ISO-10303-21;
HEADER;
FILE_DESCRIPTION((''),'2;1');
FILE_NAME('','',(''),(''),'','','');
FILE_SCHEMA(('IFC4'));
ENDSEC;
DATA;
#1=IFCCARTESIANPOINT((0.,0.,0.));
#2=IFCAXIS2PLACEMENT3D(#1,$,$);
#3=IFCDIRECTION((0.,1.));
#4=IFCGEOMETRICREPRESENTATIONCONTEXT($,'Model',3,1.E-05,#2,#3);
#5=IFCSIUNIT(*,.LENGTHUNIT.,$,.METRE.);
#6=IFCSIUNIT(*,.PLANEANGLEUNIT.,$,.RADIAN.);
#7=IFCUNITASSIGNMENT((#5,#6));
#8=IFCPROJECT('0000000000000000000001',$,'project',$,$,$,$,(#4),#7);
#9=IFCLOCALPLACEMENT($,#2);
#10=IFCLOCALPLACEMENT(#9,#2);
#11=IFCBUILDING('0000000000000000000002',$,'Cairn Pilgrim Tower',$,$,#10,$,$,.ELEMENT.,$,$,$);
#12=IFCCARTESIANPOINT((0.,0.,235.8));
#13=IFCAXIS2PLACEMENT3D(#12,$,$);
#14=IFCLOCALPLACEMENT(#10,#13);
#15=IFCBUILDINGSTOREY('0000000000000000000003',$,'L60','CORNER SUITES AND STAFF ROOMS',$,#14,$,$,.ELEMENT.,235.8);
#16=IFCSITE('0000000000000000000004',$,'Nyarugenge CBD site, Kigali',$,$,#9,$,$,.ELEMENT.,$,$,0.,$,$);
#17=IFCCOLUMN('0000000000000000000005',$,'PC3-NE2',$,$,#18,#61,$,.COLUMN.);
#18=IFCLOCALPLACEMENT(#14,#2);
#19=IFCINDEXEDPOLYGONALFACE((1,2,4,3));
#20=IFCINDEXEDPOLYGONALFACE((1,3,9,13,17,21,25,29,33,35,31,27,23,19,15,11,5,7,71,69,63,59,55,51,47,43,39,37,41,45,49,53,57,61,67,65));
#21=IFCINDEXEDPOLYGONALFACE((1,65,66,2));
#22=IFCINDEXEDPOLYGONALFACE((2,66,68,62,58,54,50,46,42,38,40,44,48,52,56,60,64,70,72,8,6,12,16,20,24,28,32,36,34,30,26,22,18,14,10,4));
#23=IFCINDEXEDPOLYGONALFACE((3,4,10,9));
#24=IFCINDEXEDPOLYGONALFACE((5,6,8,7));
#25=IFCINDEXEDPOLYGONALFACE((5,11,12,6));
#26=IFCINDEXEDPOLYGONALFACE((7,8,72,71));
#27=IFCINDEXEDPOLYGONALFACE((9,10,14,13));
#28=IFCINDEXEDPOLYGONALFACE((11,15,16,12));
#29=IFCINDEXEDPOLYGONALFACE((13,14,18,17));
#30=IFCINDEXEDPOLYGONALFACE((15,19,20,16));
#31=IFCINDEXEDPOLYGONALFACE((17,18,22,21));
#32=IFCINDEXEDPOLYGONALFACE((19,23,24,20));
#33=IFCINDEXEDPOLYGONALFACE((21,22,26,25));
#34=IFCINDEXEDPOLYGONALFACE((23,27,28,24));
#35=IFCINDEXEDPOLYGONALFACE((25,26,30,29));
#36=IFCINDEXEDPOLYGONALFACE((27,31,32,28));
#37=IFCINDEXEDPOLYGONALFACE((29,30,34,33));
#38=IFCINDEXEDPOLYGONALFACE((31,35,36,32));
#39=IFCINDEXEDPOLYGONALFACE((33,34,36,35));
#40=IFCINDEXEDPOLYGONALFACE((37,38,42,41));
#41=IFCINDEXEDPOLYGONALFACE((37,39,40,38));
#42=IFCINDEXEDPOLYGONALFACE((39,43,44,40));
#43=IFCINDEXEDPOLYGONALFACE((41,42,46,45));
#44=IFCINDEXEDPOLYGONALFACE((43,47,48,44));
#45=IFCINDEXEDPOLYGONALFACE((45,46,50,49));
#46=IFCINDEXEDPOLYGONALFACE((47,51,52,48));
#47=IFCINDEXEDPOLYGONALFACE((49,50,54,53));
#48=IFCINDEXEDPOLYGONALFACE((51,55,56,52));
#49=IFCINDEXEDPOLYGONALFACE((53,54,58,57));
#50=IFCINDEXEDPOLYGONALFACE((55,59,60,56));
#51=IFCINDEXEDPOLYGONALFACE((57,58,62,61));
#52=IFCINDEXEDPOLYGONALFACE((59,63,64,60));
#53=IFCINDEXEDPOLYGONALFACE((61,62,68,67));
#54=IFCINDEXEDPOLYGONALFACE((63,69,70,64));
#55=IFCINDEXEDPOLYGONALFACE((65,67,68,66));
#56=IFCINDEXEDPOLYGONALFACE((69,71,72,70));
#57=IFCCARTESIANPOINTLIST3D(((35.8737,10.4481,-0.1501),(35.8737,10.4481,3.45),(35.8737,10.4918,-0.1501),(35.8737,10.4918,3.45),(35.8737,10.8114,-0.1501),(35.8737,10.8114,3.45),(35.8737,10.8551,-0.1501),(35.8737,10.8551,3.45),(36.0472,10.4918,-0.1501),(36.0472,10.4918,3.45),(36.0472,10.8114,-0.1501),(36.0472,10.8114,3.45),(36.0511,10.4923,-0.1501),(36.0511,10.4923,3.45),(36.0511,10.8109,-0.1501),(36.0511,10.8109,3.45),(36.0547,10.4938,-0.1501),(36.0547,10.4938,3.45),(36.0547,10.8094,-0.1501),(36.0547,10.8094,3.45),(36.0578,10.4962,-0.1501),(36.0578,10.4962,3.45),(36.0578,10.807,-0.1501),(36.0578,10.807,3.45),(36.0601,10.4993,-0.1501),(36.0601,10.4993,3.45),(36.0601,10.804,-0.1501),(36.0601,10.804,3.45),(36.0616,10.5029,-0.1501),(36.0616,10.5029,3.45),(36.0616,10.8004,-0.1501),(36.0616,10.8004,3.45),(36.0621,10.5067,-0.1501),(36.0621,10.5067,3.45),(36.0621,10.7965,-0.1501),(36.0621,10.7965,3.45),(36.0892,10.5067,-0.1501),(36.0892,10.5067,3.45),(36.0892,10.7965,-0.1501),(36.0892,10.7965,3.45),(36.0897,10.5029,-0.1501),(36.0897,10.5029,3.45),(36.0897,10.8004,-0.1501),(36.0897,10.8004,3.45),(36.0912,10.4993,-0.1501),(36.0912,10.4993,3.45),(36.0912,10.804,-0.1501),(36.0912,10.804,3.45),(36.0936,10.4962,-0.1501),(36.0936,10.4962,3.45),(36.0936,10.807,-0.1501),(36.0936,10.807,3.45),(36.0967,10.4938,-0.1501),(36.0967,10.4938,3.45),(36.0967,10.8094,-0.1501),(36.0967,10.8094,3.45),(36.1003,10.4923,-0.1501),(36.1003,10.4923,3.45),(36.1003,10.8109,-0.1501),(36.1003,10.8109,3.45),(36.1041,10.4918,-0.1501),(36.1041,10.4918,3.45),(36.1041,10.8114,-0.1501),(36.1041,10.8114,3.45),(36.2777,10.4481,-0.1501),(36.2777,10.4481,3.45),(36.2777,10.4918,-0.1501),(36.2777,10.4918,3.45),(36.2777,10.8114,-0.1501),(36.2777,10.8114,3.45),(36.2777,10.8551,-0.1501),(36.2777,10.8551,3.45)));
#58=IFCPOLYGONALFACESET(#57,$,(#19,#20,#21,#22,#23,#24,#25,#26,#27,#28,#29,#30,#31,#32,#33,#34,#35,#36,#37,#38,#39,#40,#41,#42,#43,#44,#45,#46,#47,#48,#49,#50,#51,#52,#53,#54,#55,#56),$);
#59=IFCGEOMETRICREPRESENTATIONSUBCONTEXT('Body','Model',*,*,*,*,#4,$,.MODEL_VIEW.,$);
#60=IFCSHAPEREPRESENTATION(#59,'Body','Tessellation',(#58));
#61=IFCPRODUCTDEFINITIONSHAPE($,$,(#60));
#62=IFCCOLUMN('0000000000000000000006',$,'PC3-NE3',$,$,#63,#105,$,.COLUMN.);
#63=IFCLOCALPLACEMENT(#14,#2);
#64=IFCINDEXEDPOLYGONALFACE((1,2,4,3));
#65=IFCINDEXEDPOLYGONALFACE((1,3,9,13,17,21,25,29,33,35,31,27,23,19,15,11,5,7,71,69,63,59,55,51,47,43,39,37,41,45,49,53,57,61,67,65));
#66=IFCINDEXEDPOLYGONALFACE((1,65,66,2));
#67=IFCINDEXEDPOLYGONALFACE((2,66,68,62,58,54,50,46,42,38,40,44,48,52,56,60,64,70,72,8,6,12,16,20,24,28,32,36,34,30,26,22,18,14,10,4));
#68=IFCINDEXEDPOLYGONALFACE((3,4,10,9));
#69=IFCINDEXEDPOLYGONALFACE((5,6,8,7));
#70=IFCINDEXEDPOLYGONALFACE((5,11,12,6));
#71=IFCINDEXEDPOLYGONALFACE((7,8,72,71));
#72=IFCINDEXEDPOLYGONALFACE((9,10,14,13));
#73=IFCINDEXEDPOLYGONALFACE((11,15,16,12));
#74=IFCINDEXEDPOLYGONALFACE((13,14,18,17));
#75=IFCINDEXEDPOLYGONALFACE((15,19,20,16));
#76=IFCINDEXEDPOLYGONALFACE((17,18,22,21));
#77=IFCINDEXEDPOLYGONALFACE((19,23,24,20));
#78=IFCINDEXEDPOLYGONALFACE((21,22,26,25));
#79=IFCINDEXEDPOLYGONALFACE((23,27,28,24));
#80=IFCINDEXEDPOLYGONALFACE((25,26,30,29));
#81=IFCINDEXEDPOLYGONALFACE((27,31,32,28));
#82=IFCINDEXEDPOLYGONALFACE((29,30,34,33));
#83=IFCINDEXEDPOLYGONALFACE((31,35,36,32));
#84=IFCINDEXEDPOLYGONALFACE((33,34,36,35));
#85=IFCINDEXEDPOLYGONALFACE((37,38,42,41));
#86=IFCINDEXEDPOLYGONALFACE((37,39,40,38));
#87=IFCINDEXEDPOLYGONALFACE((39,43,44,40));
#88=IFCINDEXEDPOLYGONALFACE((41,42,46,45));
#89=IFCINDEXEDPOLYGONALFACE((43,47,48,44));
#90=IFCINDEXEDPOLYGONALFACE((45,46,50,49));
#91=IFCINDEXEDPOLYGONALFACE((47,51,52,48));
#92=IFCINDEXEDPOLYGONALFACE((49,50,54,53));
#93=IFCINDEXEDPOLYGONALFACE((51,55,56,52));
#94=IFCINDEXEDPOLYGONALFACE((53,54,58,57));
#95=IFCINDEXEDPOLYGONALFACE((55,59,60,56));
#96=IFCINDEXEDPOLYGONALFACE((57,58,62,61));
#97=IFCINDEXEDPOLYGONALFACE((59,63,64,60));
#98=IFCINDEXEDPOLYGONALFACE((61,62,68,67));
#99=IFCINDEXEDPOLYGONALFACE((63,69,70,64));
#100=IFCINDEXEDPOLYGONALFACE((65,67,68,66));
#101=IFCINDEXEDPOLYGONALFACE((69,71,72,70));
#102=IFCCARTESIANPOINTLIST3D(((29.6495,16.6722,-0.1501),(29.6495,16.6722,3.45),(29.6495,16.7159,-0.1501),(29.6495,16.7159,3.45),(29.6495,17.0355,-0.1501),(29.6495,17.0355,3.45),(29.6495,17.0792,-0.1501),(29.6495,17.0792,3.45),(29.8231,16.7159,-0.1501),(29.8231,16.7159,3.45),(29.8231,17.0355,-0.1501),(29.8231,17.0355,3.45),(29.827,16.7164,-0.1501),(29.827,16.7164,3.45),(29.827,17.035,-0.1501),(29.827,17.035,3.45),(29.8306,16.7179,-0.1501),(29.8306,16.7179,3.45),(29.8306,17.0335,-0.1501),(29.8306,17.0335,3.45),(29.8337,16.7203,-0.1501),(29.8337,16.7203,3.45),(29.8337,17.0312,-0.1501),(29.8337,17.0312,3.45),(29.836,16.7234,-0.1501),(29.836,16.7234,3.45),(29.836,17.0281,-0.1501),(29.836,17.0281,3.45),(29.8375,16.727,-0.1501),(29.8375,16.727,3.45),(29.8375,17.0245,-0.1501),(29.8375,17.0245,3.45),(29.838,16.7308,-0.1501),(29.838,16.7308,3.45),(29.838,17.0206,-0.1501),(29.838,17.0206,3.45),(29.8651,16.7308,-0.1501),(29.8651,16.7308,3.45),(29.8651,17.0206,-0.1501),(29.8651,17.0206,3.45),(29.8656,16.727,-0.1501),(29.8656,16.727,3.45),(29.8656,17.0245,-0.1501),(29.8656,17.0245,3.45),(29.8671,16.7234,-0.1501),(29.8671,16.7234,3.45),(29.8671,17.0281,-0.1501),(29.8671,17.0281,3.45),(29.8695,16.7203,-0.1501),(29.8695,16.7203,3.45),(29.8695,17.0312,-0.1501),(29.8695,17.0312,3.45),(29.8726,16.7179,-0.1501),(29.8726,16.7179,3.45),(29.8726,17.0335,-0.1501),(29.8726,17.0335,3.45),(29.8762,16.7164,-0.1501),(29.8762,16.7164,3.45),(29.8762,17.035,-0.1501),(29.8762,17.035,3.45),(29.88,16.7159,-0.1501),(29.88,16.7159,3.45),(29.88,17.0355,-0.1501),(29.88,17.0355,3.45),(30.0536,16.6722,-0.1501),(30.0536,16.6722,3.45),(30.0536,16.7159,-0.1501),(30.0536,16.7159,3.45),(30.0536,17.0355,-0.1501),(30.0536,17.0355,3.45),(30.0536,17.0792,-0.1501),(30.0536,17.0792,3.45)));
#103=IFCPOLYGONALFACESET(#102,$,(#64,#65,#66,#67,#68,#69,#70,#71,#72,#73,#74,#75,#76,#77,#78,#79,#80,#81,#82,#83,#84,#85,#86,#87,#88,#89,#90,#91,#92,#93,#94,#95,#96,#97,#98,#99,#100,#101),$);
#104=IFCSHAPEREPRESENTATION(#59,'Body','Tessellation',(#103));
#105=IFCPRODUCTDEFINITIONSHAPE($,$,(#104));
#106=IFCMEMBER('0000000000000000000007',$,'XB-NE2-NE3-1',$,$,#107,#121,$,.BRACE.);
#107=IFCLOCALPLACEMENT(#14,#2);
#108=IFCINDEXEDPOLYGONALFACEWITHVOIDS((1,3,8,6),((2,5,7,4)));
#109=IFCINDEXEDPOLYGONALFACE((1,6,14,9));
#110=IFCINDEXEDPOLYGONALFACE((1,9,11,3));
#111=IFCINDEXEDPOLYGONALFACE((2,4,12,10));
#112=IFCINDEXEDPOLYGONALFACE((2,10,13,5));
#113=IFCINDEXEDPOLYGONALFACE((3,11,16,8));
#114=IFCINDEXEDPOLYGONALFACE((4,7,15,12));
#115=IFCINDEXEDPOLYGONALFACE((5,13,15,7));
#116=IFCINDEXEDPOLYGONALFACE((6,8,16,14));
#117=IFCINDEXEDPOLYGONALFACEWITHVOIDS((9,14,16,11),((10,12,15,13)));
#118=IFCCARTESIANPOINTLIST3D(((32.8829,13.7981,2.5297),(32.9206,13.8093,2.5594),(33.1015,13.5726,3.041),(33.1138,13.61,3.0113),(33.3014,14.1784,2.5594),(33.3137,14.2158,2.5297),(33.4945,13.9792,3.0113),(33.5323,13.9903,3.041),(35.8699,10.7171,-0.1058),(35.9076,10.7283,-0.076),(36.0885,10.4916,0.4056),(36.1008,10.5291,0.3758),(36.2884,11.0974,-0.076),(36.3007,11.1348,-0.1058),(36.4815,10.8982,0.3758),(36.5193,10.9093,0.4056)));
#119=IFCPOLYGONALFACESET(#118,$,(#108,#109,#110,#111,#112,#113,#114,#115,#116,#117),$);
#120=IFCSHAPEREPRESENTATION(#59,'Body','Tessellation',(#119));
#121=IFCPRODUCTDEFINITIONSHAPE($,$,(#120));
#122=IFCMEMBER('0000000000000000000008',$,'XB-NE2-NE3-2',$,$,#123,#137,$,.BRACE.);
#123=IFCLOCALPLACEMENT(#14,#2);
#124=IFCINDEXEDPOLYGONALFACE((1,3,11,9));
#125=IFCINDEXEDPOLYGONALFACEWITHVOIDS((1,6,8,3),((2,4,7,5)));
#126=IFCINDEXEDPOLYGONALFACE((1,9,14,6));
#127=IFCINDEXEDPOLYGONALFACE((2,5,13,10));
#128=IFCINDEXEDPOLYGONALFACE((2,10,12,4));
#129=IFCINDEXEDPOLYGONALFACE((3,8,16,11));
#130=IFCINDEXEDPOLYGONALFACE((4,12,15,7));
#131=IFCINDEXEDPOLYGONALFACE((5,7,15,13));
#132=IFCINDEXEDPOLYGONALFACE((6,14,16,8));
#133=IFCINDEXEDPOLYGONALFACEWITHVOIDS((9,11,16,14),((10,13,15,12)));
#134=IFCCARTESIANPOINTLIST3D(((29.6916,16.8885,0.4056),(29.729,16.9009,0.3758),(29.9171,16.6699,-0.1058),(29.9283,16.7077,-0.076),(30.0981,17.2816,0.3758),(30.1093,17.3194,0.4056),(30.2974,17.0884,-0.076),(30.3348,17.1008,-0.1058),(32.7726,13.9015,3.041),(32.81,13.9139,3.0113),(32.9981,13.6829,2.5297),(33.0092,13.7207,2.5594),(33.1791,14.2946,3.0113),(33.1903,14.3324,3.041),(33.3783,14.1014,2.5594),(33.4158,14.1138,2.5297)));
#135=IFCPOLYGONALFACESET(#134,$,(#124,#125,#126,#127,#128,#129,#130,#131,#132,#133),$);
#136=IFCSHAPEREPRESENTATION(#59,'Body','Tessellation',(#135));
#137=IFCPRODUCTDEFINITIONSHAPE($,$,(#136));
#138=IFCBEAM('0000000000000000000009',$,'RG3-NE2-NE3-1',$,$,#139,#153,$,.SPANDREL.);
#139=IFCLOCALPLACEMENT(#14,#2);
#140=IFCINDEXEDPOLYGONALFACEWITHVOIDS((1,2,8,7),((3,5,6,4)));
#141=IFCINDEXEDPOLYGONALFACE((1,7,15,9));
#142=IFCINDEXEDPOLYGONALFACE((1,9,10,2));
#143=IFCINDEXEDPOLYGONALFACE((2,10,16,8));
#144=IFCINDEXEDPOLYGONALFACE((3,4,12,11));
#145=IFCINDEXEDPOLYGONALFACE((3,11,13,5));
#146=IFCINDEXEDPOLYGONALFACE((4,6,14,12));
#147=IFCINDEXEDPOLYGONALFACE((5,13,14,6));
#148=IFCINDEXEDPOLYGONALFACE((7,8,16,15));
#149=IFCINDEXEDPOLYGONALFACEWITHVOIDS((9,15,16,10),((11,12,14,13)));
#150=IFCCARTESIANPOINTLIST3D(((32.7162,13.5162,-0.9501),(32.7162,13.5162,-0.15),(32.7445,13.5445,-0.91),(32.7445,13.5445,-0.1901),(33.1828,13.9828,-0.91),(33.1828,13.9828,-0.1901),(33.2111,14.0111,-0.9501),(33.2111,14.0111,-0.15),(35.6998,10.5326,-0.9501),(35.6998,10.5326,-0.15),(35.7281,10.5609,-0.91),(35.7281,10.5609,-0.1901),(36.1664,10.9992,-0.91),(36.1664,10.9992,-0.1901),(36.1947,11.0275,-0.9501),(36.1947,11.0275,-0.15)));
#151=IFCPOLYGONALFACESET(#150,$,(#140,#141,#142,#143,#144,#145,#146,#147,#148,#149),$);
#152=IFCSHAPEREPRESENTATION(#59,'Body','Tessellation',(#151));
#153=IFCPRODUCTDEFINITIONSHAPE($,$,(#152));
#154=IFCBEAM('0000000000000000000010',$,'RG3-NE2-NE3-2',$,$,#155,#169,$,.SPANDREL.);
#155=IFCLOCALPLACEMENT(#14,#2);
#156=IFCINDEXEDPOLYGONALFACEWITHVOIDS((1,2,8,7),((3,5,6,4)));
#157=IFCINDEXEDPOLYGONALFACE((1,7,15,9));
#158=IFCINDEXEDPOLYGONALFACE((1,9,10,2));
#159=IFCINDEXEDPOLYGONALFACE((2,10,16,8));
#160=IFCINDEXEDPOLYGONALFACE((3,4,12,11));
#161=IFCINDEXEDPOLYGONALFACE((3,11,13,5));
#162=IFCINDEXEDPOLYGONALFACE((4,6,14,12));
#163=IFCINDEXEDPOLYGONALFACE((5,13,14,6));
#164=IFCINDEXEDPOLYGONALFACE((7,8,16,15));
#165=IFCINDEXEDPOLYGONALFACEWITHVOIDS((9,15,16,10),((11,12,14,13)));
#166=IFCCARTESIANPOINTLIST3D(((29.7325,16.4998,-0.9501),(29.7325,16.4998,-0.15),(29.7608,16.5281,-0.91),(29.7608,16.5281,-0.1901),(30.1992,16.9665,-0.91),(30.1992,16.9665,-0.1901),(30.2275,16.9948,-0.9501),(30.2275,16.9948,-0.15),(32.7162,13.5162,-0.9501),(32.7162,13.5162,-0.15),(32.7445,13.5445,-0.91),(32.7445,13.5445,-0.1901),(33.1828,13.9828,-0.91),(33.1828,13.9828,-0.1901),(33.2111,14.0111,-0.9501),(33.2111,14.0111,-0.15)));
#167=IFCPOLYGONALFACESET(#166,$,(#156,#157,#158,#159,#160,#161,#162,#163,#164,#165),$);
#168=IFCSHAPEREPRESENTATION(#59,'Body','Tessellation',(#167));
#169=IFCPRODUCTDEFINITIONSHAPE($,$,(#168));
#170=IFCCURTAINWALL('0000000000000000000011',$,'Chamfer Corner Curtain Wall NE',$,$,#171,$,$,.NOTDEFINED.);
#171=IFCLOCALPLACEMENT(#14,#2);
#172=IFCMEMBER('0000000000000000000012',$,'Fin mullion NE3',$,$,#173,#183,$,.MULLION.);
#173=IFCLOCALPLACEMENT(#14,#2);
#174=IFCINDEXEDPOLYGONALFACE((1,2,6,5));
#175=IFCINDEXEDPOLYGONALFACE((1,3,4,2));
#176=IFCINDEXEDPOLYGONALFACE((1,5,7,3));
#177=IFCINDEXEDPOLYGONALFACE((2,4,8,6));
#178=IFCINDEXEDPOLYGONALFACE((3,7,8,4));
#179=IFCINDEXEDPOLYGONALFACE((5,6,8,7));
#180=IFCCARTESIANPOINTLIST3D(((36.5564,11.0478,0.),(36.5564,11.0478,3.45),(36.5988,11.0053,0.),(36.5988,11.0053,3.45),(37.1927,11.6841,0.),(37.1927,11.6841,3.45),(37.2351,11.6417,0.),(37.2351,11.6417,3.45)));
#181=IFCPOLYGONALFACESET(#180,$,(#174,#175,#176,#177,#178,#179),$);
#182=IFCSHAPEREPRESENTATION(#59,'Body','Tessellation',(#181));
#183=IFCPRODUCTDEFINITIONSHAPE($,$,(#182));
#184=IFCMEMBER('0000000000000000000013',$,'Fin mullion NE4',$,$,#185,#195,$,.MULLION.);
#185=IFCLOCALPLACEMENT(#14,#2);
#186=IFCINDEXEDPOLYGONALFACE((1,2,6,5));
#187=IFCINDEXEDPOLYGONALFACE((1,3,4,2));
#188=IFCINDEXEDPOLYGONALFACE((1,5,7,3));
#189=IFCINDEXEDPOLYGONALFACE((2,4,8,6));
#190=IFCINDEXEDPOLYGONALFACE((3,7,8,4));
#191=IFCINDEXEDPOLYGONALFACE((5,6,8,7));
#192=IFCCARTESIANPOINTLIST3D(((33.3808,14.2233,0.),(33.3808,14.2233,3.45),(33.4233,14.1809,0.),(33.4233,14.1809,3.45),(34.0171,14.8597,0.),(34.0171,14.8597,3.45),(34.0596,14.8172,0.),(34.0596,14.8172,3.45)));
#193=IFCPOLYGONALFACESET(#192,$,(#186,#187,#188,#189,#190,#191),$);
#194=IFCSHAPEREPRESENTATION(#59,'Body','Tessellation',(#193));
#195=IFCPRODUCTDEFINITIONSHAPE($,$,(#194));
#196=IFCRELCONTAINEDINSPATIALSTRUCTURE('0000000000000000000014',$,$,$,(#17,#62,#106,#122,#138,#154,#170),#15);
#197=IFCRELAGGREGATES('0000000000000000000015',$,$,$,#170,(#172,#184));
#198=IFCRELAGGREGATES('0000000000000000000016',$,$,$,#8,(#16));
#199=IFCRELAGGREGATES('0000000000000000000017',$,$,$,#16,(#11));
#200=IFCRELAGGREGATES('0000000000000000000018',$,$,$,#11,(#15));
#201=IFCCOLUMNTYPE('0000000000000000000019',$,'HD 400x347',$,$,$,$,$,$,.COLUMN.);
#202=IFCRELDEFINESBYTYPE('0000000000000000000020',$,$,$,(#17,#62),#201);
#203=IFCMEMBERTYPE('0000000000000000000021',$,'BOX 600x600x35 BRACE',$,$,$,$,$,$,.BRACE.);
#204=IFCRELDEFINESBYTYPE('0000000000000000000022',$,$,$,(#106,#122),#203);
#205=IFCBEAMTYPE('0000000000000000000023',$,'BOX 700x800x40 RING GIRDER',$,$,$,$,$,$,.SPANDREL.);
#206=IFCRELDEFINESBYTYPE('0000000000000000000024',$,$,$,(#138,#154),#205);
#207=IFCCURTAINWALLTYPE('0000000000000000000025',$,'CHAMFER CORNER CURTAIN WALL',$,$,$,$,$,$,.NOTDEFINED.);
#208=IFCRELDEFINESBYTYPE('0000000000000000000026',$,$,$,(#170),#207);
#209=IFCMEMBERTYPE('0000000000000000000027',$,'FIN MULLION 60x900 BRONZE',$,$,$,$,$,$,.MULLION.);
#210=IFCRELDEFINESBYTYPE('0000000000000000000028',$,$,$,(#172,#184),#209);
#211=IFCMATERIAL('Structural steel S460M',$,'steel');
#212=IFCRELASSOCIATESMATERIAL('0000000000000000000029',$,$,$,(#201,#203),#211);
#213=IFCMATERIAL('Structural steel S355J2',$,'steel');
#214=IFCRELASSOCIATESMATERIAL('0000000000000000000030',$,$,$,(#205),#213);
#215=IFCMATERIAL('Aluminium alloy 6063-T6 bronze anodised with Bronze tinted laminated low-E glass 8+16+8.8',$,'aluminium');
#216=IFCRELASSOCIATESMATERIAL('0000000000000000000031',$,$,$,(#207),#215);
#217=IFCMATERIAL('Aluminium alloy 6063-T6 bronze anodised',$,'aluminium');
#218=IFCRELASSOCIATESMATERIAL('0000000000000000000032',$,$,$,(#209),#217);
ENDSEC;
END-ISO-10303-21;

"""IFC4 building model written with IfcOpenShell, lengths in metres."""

from ifc_helpers import new_model, si_unit, direction, frame, origin, origin_2d, place, context, subcontext, project, spatial, rectangle, hollow_rectangle, i_section, extrude, material, material_profile, profile_set, type_object, element, aggregate, save


model = new_model("IFC4")

# Units and contexts
model_context = context("Model", 3, precision=1e-05, world=origin(), true_north=direction((0.0, 1.0)))
body_context = subcontext(model_context, "Body", "Model", "MODEL_VIEW")
ifc_project = project(units=[si_unit("LENGTHUNIT", "METRE"), si_unit("PLANEANGLEUNIT", "RADIAN")], contexts=[model_context])

# Site, building, storey
site_placement = place(None, origin())
site = spatial("IfcSite", under=ifc_project, at=site_placement, Name="Nyarugenge CBD site, Kigali", CompositionType="ELEMENT", RefElevation=0.0)
building_placement = place(site_placement, origin())
building = spatial("IfcBuilding", under=site, at=building_placement, Name="Cairn Pilgrim Tower", CompositionType="ELEMENT")
storey_placement = place(building_placement, frame((0.0, 0.0, 235.8)))
storey = spatial("IfcBuildingStorey", under=building, at=storey_placement, Name="L60", Description="CORNER SUITES AND STAFF ROOMS", CompositionType="ELEMENT", Elevation=235.8)

# Columns
ifc_material_1 = material(Name="Structural steel S460M", Category="steel")
ifc_material_profile_1 = material_profile(ifc_material_1, i_section(OverallWidth=0.4041, OverallDepth=0.407, WebThickness=0.0271, FlangeThickness=0.0437, FilletRadius=0.0149, at=origin_2d()), Name="HD 400x347")
ifc_profile_set_1 = profile_set([ifc_material_profile_1], Name="Structural steel S460M")
column_type = type_object("IfcColumnType", Name="HD 400x347", PredefinedType="COLUMN", material=ifc_profile_set_1)
for number, where, z_axis, x_axis, name in (
    (1, (36.0757, 10.6516, -0.1501), (0.0, 0.0, 1.0), (1.0, 0.0, 0.0), "PC3-NE2"),
    (2, (29.8516, 16.8757, -0.1501), (0.0, 0.0, 1.0), (1.0, 0.0, 0.0), "PC3-NE3"),
):
    element("IfcColumn", number, at=place(storey_placement, frame(where, z_axis=z_axis, x_axis=x_axis)), inside=storey, type_object=column_type, Name=name, PredefinedType="COLUMN", context=body_context, shape_type="SweptSolid", body=[
        extrude(i_section(OverallWidth=0.4041, OverallDepth=0.407, WebThickness=0.0271, FlangeThickness=0.0437, FilletRadius=0.0149, at=origin_2d()), origin(), (0.0, 0.0, 1.0), 3.6001),
    ])

# Members
ifc_material_profile_2 = material_profile(ifc_material_1, hollow_rectangle(XDim=0.6001, YDim=0.6001, WallThickness=0.0349, at=origin_2d()), Name="BOX 600x600x35")
ifc_profile_set_2 = profile_set([ifc_material_profile_2], Name="Structural steel S460M")
member_type_1 = type_object("IfcMemberType", Name="BOX 600x600x35 BRACE", PredefinedType="BRACE", material=ifc_profile_set_2)
for number, where, z_axis, x_axis, name in (
    (3, (36.1946, 10.8132, 0.1499), (-0.593142, 0.611806, 0.523332), (-0.717974, -0.69607, 0.0), "XB-NE2-NE3-1"),
    (4, (30.0132, 16.9946, 0.1499), (0.611806, -0.593142, 0.523332), (0.69607, 0.717974, 0.0), "XB-NE2-NE3-2"),
):
    element("IfcMember", number, at=place(storey_placement, frame(where, z_axis=z_axis, x_axis=x_axis)), inside=storey, type_object=member_type_1, Name=name, PredefinedType="BRACE", context=body_context, shape_type="SweptSolid", body=[
        extrude(hollow_rectangle(XDim=0.6001, YDim=0.6001, WallThickness=0.0349, at=origin_2d()), origin(), (0.0, 0.0, 1.0), 5.0359),
    ])

# Beams
ifc_material_2 = material(Name="Structural steel S355J2", Category="steel")
ifc_material_profile_3 = material_profile(ifc_material_2, hollow_rectangle(XDim=0.7, YDim=0.8, WallThickness=0.04, at=origin_2d()), Name="BOX 700x800x40")
ifc_profile_set_3 = profile_set([ifc_material_profile_3], Name="Structural steel S355J2")
beam_type_1 = type_object("IfcBeamType", Name="BOX 700x800x40 RING GIRDER", PredefinedType="SPANDREL", material=ifc_profile_set_3)
for number, where, z_axis, x_axis, name in (
    (5, (35.9473, 10.78, -0.55), (-0.707107, 0.707107, 0.0), (-0.707107, -0.707107, 0.0), "RG3-NE2-NE3-1"),
    (6, (32.9636, 13.7637, -0.55), (-0.707107, 0.707107, 0.0), (-0.707107, -0.707107, 0.0), "RG3-NE2-NE3-2"),
):
    element("IfcBeam", number, at=place(storey_placement, frame(where, z_axis=z_axis, x_axis=x_axis)), inside=storey, type_object=beam_type_1, Name=name, PredefinedType="SPANDREL", context=body_context, shape_type="SweptSolid", body=[
        extrude(hollow_rectangle(XDim=0.7, YDim=0.8, WallThickness=0.04, at=origin_2d()), origin(), (0.0, 0.0, 1.0), 4.2195),
    ])

# Curtain wall, members
ifc_material_3 = material(Name="Aluminium alloy 6063-T6 bronze anodised with Bronze tinted laminated low-E glass 8+16+8.8", Category="aluminium")
curtain_wall_type = type_object("IfcCurtainWallType", Name="CHAMFER CORNER CURTAIN WALL", PredefinedType="NOTDEFINED", material=ifc_material_3)
curtain_wall_placement = place(storey_placement, origin())
curtain_wall = element("IfcCurtainWall", 7, at=curtain_wall_placement, inside=storey, type_object=curtain_wall_type, Name="Chamfer Corner Curtain Wall NE", PredefinedType="NOTDEFINED")
ifc_material_4 = material(Name="Aluminium alloy 6063-T6 bronze anodised", Category="aluminium")
ifc_material_profile_4 = material_profile(ifc_material_4, rectangle(XDim=0.8999, YDim=0.0601, at=origin_2d()), Name="FIN MULLION 60x900 BRONZE")
ifc_profile_set_4 = profile_set([ifc_material_profile_4], Name="Aluminium alloy 6063-T6 bronze anodised")
member_type_2 = type_object("IfcMemberType", Name="FIN MULLION 60x900 BRONZE", PredefinedType="MULLION", material=ifc_profile_set_4)
member_1_placement = place(storey_placement, frame((36.8958, 11.3447, 0.0), z_axis=(0.0, 0.0, 1.0), x_axis=(0.707107, 0.707107, 0.0)))
member_1 = element("IfcMember", 8, at=member_1_placement, type_object=member_type_2, Name="Fin mullion NE3", PredefinedType="MULLION", context=body_context, shape_type="SweptSolid", body=[
    extrude(rectangle(XDim=0.8999, YDim=0.0601, at=origin_2d()), origin(), (0.0, 0.0, 1.0), 3.45),
])
member_2_placement = place(storey_placement, frame((33.7202, 14.5203, 0.0), z_axis=(0.0, 0.0, 1.0), x_axis=(0.707107, 0.707107, 0.0)))
member_2 = element("IfcMember", 9, at=member_2_placement, type_object=member_type_2, Name="Fin mullion NE4", PredefinedType="MULLION", context=body_context, shape_type="SweptSolid", body=[
    extrude(rectangle(XDim=0.8999, YDim=0.0601, at=origin_2d()), origin(), (0.0, 0.0, 1.0), 3.45),
])

aggregate(curtain_wall, [member_1, member_2])

save(model, "model.ifc")
